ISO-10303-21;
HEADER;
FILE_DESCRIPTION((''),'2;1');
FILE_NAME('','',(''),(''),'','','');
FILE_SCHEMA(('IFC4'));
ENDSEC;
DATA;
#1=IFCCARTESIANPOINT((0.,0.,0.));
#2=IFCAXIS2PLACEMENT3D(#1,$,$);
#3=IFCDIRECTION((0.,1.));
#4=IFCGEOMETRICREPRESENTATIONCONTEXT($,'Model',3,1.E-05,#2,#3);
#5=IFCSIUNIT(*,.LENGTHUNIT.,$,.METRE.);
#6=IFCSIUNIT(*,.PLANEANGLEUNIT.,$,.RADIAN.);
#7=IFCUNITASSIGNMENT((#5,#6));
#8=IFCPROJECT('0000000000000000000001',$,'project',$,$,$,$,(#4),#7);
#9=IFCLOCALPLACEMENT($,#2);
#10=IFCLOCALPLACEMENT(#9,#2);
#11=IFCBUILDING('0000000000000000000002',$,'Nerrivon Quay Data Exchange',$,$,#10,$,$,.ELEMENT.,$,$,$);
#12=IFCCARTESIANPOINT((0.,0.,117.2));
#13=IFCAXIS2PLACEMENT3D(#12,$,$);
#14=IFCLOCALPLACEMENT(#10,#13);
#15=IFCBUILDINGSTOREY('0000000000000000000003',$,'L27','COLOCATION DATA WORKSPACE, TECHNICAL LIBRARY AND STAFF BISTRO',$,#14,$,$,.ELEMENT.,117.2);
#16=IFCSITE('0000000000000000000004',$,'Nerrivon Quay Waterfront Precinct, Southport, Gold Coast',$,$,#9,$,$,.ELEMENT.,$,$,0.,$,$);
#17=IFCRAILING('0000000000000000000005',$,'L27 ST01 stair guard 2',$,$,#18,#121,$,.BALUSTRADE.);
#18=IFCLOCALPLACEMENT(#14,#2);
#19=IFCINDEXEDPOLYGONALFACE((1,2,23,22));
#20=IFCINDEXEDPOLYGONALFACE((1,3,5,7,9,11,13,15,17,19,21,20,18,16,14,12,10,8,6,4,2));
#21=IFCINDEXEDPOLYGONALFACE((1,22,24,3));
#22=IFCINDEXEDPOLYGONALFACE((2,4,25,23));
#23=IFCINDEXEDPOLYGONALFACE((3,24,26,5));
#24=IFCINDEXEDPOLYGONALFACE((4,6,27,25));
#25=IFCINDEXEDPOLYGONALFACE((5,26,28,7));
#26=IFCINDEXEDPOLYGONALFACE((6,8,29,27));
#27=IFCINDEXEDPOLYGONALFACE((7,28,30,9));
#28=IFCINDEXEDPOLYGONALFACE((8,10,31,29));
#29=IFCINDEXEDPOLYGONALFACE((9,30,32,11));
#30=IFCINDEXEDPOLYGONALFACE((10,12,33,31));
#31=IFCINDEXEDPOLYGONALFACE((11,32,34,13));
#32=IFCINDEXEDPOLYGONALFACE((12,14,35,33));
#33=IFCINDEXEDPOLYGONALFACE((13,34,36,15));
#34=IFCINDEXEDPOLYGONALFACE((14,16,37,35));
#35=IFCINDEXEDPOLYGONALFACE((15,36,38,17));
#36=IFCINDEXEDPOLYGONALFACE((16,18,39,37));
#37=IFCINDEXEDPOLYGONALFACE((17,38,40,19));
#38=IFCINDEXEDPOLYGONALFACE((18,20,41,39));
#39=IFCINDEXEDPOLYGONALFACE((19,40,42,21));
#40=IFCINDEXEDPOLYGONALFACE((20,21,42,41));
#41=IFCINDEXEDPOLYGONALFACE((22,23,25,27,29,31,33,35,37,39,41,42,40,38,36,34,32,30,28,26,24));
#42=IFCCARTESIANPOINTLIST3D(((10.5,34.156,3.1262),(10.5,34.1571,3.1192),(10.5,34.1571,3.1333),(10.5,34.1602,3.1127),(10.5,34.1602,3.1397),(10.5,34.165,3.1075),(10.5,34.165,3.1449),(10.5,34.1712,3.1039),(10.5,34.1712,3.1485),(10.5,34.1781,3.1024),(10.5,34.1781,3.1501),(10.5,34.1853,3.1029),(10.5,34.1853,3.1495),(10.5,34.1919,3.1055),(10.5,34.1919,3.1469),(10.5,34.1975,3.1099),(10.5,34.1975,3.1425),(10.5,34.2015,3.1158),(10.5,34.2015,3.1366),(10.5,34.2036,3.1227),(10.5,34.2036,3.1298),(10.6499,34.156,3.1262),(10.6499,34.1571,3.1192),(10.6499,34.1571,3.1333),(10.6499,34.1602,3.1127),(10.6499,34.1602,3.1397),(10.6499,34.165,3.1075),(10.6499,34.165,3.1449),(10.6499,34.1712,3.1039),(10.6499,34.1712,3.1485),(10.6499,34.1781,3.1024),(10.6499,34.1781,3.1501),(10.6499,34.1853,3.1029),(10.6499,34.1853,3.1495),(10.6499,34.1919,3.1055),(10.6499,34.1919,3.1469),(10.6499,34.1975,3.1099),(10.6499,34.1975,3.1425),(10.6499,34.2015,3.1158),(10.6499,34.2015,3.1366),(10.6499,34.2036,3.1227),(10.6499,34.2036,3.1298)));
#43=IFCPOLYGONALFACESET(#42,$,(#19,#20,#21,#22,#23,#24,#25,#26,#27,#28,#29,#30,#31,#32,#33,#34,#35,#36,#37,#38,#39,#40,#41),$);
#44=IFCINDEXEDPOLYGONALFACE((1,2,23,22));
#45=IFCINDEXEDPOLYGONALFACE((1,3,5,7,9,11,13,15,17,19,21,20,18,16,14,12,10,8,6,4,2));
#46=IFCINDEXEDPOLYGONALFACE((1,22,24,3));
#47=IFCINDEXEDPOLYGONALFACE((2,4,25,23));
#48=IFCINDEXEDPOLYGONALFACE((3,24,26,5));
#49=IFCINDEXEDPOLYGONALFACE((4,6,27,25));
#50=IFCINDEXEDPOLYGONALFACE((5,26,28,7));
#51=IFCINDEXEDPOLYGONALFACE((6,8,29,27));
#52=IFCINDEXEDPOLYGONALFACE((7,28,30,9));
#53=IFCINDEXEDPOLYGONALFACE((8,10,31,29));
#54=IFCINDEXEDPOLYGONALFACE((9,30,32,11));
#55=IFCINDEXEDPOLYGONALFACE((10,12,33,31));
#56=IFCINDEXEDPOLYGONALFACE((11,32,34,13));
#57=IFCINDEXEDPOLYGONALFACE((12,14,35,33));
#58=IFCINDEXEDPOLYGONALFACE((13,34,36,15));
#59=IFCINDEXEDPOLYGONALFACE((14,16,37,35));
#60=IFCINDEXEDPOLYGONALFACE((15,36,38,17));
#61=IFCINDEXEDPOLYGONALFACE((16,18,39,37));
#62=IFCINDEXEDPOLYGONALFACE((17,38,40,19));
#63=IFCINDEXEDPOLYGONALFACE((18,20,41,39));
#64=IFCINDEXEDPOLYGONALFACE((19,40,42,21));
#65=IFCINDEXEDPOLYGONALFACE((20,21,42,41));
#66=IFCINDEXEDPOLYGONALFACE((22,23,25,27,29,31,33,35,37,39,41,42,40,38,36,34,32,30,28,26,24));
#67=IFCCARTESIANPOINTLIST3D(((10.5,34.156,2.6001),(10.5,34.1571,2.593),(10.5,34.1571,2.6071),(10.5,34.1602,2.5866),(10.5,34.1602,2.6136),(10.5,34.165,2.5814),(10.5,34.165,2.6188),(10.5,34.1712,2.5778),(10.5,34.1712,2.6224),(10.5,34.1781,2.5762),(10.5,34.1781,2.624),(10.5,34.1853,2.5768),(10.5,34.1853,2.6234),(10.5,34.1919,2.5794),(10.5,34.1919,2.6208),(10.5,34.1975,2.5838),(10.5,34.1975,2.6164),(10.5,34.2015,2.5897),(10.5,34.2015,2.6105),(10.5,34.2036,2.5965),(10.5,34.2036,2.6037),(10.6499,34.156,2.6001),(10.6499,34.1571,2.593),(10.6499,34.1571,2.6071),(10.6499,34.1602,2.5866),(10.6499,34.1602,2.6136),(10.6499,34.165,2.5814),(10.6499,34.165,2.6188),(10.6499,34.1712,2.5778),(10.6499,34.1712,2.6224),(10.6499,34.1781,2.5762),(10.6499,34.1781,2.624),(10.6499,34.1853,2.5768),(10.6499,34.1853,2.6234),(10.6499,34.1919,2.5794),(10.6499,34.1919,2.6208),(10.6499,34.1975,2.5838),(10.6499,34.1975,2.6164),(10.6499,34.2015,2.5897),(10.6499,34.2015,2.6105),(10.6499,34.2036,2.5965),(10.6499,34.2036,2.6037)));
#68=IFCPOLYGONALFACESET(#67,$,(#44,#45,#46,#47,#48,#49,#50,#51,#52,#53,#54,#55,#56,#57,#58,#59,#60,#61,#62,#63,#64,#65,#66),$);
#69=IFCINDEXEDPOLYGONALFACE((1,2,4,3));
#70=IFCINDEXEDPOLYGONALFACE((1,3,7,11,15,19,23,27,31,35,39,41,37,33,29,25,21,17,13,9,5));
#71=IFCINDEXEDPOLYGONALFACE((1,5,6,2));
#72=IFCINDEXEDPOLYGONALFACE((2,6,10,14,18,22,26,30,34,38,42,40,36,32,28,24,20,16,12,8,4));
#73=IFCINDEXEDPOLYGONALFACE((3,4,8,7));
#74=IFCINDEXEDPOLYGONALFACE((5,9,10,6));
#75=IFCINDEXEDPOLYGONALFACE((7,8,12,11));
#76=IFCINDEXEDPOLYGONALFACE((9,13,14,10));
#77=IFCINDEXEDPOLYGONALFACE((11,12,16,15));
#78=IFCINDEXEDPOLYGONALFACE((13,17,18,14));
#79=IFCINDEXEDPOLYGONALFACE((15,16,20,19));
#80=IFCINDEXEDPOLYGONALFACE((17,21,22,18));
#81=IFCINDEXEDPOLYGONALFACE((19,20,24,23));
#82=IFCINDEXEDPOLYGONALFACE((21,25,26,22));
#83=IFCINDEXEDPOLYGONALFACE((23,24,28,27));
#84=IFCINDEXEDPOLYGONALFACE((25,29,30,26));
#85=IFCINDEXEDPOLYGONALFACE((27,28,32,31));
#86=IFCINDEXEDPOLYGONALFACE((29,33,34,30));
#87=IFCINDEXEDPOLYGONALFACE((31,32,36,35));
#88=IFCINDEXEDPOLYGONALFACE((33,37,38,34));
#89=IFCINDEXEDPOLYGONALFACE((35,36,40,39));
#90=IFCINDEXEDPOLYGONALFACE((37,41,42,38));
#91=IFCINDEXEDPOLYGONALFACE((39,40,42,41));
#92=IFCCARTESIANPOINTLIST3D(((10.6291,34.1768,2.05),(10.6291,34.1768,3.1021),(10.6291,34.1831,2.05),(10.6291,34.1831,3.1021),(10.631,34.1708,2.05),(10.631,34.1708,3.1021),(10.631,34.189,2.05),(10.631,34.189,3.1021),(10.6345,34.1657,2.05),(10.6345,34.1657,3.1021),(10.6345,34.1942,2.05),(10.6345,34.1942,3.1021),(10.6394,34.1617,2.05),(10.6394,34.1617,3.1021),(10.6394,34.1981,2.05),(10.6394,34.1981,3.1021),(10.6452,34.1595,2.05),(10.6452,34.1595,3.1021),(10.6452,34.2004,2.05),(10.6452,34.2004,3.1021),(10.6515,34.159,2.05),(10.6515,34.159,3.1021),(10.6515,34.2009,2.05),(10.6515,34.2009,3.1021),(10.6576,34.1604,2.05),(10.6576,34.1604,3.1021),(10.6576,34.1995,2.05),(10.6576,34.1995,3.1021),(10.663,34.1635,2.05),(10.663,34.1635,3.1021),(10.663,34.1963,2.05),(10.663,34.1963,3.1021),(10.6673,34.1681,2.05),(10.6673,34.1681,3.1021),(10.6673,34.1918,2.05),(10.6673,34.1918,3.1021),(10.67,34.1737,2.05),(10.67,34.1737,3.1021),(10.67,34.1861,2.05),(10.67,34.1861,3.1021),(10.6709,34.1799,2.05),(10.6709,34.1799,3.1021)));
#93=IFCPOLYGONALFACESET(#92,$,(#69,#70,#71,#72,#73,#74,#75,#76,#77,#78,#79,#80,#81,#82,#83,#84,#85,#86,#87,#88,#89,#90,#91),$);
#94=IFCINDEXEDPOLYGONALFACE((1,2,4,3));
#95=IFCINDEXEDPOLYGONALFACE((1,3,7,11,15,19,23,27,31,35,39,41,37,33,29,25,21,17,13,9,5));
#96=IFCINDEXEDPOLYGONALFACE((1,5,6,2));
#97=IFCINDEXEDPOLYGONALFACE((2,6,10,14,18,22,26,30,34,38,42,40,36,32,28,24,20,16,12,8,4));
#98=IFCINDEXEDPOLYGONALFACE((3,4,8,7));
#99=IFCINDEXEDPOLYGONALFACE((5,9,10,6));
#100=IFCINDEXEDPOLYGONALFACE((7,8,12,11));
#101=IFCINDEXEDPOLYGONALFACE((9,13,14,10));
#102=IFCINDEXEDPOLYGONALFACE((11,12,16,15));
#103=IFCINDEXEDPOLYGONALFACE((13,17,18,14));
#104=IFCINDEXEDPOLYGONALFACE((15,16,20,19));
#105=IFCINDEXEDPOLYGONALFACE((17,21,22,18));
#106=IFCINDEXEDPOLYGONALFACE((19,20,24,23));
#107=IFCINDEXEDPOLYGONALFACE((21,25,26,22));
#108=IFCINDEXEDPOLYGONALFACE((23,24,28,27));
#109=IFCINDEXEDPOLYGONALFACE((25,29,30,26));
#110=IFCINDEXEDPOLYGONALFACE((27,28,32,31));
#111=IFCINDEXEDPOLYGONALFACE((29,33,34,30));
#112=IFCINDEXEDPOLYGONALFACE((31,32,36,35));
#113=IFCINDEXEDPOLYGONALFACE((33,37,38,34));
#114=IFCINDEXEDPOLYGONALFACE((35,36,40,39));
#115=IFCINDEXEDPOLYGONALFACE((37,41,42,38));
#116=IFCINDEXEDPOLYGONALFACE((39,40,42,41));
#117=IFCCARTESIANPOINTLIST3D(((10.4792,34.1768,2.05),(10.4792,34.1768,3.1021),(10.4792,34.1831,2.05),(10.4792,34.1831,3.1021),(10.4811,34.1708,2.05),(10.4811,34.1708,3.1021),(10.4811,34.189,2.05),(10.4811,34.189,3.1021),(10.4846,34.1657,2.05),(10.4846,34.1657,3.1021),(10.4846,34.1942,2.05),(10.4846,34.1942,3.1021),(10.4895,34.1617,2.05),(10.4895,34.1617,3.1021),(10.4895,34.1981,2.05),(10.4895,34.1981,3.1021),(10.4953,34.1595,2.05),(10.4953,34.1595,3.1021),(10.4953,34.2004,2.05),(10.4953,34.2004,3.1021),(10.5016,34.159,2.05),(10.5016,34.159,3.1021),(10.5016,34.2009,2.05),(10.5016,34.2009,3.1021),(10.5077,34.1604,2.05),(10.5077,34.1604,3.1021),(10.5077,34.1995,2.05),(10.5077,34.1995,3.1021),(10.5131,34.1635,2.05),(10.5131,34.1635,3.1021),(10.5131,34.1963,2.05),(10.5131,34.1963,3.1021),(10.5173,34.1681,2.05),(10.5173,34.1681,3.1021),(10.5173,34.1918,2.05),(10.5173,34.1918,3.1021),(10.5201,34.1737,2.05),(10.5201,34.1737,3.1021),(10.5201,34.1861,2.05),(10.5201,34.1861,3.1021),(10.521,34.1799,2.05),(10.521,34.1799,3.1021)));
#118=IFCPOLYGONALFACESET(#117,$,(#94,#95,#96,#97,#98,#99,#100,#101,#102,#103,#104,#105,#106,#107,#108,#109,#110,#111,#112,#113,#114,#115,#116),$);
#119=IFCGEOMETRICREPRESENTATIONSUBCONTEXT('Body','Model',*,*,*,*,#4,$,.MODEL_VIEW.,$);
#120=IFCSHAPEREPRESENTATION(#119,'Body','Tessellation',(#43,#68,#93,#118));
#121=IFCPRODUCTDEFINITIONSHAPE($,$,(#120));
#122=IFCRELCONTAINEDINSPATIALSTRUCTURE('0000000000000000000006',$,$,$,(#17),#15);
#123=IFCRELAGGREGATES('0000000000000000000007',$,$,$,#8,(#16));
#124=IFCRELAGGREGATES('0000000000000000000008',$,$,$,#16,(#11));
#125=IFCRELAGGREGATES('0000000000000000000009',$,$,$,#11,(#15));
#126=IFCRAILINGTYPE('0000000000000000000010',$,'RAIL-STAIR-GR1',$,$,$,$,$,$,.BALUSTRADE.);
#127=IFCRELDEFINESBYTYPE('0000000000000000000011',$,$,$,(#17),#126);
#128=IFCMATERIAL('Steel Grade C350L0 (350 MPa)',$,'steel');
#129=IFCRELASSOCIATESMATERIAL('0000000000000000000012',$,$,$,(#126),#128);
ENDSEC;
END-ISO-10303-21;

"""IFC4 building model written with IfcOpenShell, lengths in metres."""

from ifc_helpers import new_model, si_unit, direction, frame, origin, origin_2d, place, context, subcontext, project, spatial, circle, extrude, material, type_object, element, save


model = new_model("IFC4")

# Units and contexts
model_context = context("Model", 3, precision=1e-05, world=origin(), true_north=direction((0.0, 1.0)))
body_context = subcontext(model_context, "Body", "Model", "MODEL_VIEW")
ifc_project = project(units=[si_unit("LENGTHUNIT", "METRE"), si_unit("PLANEANGLEUNIT", "RADIAN")], contexts=[model_context])

# Site, building, storey
site_placement = place(None, origin())
site = spatial("IfcSite", under=ifc_project, at=site_placement, Name="Nerrivon Quay Waterfront Precinct, Southport, Gold Coast", CompositionType="ELEMENT", RefElevation=0.0)
building_placement = place(site_placement, origin())
building = spatial("IfcBuilding", under=site, at=building_placement, Name="Nerrivon Quay Data Exchange", CompositionType="ELEMENT")
storey_placement = place(building_placement, frame((0.0, 0.0, 117.2)))
storey = spatial("IfcBuildingStorey", under=building, at=storey_placement, Name="L27", Description="COLOCATION DATA WORKSPACE, TECHNICAL LIBRARY AND STAFF BISTRO", CompositionType="ELEMENT", Elevation=117.2)

# Railing
ifc_material_1 = material(Name="Steel Grade C350L0 (350 MPa)", Category="steel")
railing_type_1 = type_object("IfcRailingType", Name="RAIL-STAIR-GR1", PredefinedType="BALUSTRADE", material=ifc_material_1)
railing_1_placement = place(storey_placement, frame((10.6499, 34.1799, 2.05)))
element("IfcRailing", 1, at=railing_1_placement, inside=storey, type_object=railing_type_1, Name="L27 ST01 stair guard 2", PredefinedType="BALUSTRADE", context=body_context, shape_type="SweptSolid", body=[
    extrude(circle(Radius=0.0239, at=origin_2d()), frame((0.0, 0.0, 1.0762), z_axis=(-1.0, 0.0, 0.0), x_axis=(0.0, -1.0, 0.0)), (0.0, 0.0, 1.0), 0.1499),
    extrude(circle(Radius=0.0239, at=origin_2d()), frame((0.0, 0.0, 0.55), z_axis=(-1.0, 0.0, 0.0), x_axis=(0.0, -1.0, 0.0)), (0.0, 0.0, 1.0), 0.1499),
    extrude(circle(Radius=0.021, at=origin_2d()), origin(), (0.0, 0.0, 1.0), 1.052),
    extrude(circle(Radius=0.021, at=origin_2d()), frame((-0.1499, 0.0, 0.0)), (0.0, 0.0, 1.0), 1.052),
])

save(model, "model.ifc")
